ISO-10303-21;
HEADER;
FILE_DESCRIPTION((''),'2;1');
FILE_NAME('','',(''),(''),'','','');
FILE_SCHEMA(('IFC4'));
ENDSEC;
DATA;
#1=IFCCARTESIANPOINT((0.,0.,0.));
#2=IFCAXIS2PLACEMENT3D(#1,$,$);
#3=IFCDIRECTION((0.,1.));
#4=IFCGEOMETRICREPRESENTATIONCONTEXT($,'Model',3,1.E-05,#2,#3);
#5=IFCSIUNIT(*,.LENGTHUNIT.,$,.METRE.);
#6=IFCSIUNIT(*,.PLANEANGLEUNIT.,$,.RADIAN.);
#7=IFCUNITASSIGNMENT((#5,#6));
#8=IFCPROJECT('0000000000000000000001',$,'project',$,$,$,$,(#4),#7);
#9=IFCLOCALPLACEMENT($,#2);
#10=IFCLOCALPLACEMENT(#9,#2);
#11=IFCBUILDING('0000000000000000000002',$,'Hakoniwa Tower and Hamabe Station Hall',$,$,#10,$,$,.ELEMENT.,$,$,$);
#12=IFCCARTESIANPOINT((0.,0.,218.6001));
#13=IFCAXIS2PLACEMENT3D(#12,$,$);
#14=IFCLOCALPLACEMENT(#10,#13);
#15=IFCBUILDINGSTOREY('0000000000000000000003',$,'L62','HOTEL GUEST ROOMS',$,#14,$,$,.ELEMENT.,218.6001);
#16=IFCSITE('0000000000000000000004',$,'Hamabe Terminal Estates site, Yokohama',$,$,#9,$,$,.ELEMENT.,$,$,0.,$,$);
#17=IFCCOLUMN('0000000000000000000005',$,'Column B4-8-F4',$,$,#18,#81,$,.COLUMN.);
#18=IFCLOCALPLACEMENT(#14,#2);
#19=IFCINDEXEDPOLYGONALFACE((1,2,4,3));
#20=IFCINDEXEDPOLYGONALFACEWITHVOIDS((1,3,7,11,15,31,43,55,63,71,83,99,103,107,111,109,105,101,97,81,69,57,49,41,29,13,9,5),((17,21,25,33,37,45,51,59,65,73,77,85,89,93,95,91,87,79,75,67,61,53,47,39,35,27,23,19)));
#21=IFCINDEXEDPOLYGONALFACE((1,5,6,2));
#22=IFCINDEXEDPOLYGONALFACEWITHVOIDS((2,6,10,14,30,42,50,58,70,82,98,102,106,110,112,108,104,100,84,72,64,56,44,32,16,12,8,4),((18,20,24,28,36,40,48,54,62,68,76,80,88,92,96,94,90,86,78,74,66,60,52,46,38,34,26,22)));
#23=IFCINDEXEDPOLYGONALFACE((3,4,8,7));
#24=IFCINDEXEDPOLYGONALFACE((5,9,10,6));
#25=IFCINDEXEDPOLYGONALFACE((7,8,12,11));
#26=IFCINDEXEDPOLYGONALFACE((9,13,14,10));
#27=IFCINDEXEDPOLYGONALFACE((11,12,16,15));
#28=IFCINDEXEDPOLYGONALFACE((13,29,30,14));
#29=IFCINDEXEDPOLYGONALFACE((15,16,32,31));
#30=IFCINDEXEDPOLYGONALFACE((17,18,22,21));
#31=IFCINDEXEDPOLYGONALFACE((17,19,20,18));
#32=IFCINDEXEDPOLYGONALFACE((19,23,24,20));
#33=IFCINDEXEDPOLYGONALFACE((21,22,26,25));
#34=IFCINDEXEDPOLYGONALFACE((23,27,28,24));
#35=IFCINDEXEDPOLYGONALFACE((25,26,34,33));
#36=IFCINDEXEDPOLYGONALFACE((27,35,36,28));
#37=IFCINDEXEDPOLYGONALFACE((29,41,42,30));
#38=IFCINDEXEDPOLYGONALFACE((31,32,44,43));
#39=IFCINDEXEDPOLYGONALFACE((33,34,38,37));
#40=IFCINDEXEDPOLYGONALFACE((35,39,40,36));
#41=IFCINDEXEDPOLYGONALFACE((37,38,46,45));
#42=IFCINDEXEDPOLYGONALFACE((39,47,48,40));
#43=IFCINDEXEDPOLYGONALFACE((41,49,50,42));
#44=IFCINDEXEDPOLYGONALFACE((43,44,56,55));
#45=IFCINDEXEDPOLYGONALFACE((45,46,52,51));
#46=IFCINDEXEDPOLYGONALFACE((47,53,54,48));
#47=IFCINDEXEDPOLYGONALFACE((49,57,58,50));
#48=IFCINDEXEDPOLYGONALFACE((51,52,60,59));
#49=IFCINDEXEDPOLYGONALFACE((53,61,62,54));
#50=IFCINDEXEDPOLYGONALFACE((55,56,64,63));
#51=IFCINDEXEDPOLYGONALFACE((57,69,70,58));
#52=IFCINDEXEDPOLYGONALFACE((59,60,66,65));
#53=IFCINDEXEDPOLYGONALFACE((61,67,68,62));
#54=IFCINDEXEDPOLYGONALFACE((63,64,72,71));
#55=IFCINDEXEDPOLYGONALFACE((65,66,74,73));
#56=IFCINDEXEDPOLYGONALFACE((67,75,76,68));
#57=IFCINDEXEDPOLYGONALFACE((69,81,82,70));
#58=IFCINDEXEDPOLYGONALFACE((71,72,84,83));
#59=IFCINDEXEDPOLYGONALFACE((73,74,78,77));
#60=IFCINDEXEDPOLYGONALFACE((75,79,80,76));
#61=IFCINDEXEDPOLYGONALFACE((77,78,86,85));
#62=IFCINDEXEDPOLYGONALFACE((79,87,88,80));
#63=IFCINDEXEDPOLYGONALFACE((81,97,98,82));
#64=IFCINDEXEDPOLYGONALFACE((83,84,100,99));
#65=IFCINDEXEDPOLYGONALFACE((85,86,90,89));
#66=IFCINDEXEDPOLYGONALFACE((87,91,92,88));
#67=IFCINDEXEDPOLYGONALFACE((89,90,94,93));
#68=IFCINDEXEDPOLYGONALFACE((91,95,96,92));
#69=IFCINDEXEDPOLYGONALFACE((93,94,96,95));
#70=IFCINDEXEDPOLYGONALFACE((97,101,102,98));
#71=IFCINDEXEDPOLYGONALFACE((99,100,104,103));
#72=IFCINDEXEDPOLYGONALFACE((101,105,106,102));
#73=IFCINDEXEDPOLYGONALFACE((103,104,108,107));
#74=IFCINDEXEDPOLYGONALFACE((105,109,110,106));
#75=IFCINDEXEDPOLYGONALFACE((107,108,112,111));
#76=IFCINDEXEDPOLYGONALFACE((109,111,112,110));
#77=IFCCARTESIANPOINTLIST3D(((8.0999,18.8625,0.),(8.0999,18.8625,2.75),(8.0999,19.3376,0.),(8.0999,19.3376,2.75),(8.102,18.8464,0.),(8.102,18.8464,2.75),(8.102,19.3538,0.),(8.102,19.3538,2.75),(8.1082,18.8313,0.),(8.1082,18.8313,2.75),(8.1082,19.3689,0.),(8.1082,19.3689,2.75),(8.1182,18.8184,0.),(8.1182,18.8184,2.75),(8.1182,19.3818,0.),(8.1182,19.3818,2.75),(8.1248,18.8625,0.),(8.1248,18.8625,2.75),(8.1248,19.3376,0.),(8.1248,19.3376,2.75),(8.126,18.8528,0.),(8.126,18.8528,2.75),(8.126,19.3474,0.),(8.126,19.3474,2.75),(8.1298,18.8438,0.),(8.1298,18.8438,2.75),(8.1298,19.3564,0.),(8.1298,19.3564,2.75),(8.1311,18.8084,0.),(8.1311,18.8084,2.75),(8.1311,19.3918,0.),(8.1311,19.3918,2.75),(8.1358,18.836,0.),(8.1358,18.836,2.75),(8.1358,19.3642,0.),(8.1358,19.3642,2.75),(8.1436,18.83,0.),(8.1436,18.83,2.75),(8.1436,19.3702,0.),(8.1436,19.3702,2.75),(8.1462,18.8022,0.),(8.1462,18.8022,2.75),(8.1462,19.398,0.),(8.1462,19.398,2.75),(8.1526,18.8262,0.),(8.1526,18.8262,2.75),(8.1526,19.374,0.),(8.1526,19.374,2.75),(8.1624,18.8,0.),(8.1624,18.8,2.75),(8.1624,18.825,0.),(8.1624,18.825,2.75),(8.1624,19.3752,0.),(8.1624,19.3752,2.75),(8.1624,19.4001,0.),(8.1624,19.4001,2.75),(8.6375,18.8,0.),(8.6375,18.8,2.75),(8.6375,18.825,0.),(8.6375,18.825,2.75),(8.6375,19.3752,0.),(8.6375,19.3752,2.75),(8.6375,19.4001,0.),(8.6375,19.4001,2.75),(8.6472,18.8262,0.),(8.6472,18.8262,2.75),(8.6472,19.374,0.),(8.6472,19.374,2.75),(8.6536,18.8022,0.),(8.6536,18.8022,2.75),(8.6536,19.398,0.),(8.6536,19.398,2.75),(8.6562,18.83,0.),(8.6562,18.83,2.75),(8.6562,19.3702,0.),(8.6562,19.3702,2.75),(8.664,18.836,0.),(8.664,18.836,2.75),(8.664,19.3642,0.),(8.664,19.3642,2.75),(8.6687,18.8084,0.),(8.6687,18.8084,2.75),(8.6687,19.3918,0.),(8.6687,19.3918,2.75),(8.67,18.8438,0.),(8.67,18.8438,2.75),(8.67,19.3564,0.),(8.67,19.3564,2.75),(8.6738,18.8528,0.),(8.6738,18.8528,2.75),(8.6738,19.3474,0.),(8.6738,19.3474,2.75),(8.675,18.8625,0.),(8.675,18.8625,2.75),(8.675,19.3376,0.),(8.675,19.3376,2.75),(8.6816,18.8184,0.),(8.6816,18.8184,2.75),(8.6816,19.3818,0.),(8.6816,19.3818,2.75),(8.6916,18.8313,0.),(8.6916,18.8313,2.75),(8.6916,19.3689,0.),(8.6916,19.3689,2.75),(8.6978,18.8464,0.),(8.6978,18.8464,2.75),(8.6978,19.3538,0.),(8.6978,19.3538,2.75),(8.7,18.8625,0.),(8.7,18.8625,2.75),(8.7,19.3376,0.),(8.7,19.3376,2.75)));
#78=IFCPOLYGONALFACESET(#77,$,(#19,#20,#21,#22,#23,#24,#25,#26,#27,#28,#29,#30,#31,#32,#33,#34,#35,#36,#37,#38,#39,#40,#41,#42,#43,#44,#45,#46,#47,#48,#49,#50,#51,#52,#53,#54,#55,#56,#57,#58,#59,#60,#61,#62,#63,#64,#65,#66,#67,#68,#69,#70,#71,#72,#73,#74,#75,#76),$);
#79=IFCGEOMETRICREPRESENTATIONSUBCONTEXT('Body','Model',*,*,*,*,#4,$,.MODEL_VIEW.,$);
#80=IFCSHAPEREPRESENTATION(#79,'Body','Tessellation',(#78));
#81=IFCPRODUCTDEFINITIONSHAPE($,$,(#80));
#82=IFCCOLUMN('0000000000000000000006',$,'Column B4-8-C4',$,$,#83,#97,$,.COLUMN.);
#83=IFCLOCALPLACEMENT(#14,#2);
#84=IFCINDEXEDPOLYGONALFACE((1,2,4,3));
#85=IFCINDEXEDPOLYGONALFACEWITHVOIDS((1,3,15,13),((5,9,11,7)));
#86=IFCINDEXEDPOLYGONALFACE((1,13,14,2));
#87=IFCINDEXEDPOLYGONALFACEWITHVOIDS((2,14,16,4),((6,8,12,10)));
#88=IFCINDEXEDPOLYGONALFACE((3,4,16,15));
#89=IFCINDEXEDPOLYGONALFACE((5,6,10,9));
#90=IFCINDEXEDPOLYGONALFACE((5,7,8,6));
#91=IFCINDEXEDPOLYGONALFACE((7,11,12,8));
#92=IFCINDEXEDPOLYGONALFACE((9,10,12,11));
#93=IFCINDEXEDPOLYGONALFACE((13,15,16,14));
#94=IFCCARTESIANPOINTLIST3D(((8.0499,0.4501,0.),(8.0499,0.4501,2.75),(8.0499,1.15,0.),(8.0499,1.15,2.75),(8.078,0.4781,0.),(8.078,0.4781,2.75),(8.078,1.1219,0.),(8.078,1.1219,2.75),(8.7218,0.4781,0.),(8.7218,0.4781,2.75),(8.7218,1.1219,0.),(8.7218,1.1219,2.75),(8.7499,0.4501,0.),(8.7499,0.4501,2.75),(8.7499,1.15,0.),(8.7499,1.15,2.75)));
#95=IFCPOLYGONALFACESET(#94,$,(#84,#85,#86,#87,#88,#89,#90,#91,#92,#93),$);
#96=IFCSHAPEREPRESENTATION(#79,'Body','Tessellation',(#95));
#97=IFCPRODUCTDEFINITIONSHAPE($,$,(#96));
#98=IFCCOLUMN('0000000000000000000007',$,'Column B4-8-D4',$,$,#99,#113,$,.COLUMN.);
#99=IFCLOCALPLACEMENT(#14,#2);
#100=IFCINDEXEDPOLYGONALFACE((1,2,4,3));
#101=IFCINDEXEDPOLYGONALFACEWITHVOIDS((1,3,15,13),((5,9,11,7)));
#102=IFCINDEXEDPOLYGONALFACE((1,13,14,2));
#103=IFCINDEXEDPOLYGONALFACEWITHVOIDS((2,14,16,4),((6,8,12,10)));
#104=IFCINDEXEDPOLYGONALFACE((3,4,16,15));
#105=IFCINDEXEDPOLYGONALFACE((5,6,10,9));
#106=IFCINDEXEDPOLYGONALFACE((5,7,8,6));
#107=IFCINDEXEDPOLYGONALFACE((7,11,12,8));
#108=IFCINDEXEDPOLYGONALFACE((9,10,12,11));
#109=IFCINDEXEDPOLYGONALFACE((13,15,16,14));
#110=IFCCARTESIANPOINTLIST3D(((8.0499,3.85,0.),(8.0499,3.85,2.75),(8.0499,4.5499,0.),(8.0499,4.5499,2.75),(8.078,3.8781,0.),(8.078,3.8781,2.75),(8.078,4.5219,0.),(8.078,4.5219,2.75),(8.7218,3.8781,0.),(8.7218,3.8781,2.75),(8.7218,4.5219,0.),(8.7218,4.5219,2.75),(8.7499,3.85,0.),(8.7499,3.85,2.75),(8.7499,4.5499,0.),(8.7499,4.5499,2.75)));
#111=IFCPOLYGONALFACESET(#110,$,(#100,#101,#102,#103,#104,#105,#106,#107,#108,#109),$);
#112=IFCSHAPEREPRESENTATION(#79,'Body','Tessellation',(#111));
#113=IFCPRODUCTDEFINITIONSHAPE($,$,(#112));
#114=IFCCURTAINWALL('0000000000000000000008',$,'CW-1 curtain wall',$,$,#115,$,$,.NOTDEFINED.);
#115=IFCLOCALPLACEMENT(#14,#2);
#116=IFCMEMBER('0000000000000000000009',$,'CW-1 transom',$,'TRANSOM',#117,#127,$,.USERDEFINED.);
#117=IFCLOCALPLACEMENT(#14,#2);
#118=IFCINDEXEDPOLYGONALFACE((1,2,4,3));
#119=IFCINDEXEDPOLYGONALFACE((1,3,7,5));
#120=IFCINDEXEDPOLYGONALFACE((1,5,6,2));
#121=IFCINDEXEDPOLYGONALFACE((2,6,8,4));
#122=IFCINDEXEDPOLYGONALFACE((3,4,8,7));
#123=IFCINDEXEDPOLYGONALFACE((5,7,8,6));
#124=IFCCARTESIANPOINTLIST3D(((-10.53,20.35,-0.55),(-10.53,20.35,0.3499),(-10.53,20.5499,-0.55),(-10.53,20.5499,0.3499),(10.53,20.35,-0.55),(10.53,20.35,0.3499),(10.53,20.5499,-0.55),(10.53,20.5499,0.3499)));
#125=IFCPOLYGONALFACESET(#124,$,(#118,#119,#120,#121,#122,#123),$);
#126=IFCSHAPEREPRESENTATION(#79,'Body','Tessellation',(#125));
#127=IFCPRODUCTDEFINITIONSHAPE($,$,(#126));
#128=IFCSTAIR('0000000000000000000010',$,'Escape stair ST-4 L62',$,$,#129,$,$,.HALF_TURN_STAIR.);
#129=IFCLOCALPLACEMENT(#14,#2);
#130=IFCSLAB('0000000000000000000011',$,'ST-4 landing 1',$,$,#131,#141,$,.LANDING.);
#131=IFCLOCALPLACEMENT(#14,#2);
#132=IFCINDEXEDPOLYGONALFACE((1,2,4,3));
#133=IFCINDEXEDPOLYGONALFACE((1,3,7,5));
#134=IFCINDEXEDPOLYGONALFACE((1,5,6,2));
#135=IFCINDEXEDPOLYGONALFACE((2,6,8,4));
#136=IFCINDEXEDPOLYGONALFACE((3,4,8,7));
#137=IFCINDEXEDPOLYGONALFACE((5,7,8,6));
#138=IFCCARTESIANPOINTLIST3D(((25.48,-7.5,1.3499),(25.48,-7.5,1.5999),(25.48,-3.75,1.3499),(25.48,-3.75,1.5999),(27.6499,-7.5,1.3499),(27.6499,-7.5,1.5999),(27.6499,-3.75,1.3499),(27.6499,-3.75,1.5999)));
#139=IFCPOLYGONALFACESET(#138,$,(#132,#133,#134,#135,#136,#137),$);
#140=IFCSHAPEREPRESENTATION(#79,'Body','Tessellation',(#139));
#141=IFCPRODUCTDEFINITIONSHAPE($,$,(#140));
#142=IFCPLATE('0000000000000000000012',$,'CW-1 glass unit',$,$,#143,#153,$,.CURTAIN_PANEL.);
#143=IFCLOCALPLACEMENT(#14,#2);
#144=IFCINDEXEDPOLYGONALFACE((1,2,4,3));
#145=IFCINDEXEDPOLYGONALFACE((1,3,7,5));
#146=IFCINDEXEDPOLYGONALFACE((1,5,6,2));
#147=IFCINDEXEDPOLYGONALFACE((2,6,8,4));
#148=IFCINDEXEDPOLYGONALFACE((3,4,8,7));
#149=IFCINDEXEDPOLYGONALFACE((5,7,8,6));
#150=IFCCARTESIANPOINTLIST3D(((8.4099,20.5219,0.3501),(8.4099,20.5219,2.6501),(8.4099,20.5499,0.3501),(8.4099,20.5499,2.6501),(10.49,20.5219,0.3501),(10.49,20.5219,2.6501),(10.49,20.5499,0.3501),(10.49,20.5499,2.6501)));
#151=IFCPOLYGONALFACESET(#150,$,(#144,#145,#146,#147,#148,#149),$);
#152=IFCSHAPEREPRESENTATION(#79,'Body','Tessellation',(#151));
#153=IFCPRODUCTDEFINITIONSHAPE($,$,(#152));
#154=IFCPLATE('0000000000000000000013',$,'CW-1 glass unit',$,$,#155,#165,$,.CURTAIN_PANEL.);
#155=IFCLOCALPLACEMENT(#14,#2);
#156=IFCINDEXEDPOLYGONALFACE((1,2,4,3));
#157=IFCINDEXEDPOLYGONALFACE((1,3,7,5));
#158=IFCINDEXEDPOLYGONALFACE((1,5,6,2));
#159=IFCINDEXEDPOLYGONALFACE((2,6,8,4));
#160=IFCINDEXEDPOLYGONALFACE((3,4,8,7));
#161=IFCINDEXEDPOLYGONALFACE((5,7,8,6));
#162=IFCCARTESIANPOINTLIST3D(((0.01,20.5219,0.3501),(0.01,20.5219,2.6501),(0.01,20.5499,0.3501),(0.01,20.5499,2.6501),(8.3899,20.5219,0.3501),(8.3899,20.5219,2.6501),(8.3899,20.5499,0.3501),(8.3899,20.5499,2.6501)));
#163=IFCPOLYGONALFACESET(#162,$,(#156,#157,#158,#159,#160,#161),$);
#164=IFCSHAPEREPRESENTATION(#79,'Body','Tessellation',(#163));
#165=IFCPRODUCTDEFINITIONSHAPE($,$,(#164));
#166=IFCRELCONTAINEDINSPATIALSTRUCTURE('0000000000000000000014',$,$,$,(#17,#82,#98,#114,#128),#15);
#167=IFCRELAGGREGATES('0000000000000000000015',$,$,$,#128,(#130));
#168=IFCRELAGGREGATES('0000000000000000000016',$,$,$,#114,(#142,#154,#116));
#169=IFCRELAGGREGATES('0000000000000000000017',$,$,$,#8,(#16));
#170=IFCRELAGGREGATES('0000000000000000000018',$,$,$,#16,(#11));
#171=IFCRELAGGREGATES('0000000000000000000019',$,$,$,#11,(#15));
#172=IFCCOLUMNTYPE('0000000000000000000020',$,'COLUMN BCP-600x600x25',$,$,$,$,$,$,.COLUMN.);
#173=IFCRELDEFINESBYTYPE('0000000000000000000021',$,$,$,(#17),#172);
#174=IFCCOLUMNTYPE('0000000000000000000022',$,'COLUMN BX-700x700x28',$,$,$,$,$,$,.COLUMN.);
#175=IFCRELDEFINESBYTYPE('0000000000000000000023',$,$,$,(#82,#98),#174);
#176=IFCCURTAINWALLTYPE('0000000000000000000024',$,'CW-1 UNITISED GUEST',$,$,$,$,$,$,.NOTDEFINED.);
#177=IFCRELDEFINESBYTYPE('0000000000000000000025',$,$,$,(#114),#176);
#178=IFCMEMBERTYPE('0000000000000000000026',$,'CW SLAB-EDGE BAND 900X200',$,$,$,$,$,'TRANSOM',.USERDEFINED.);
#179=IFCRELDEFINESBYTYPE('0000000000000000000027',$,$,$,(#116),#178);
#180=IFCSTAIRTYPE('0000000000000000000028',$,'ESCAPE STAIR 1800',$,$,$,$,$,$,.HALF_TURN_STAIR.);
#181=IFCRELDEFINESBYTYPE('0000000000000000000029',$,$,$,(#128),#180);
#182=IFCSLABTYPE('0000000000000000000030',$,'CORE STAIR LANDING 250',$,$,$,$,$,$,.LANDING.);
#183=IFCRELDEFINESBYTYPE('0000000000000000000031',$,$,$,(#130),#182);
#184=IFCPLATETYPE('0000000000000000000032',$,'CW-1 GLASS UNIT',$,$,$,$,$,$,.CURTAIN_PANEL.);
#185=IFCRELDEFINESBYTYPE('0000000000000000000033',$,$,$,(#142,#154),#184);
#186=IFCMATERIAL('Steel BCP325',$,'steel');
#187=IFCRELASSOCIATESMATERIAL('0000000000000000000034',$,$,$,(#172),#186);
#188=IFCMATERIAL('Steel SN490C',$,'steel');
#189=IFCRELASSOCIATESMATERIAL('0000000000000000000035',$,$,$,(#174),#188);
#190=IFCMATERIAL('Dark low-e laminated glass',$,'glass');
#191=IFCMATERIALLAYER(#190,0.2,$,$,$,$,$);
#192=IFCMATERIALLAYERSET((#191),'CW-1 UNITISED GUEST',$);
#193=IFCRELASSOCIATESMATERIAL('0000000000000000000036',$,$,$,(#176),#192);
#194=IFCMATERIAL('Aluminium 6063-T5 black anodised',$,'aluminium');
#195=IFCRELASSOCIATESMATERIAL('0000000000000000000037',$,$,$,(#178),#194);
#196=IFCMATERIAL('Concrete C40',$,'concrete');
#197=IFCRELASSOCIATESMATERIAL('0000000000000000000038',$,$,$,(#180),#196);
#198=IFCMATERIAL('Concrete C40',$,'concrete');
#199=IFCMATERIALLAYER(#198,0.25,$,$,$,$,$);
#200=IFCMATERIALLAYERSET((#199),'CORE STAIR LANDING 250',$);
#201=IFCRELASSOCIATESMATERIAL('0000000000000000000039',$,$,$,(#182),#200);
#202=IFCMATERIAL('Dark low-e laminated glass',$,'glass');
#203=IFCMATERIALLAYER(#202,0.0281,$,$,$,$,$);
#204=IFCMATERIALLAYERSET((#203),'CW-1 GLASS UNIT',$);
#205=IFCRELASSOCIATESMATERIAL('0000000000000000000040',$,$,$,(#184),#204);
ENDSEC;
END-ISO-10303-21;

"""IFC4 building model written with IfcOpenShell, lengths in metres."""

from ifc_helpers import new_model, si_unit, direction, frame, origin, origin_2d, place, context, subcontext, project, spatial, polyline, rectangle, hollow_rectangle, outline, extrude, material, layer, layer_set, material_profile, profile_set, type_object, element, aggregate, save


model = new_model("IFC4")

# Units and contexts
model_context = context("Model", 3, precision=1e-05, world=origin(), true_north=direction((0.0, 1.0)))
body_context = subcontext(model_context, "Body", "Model", "MODEL_VIEW")
ifc_project = project(units=[si_unit("LENGTHUNIT", "METRE"), si_unit("PLANEANGLEUNIT", "RADIAN")], contexts=[model_context])

# Site, building, storey
site_placement = place(None, origin())
site = spatial("IfcSite", under=ifc_project, at=site_placement, Name="Hamabe Terminal Estates site, Yokohama", CompositionType="ELEMENT", RefElevation=0.0)
building_placement = place(site_placement, origin())
building = spatial("IfcBuilding", under=site, at=building_placement, Name="Hakoniwa Tower and Hamabe Station Hall", CompositionType="ELEMENT")
storey_placement = place(building_placement, frame((0.0, 0.0, 218.6001)))
storey = spatial("IfcBuildingStorey", under=building, at=storey_placement, Name="L62", Description="HOTEL GUEST ROOMS", CompositionType="ELEMENT", Elevation=218.6001)

# Columns
ifc_material_1 = material(Name="Steel BCP325", Category="steel")
ifc_material_profile_1 = material_profile(ifc_material_1, hollow_rectangle(XDim=0.6001, YDim=0.6001, WallThickness=0.0249, InnerFilletRadius=0.0376, OuterFilletRadius=0.0625, at=origin_2d()), Name="BCP-600x600x25")
ifc_profile_set_1 = profile_set([ifc_material_profile_1], Name="Steel BCP325")
column_type_1 = type_object("IfcColumnType", Name="COLUMN BCP-600x600x25", PredefinedType="COLUMN", material=ifc_profile_set_1)
column_placement = place(storey_placement, frame((8.3999, 19.1001, 0.0), z_axis=(0.0, 0.0, 1.0), x_axis=(1.0, 0.0, 0.0)))
element("IfcColumn", 1, at=column_placement, inside=storey, type_object=column_type_1, Name="Column B4-8-F4", PredefinedType="COLUMN", context=body_context, shape_type="SweptSolid", body=[
    extrude(hollow_rectangle(XDim=0.6001, YDim=0.6001, WallThickness=0.0249, InnerFilletRadius=0.0376, OuterFilletRadius=0.0625, at=origin_2d()), origin(), (0.0, 0.0, 1.0), 2.75),
])
ifc_material_2 = material(Name="Steel SN490C", Category="steel")
ifc_material_profile_2 = material_profile(ifc_material_2, hollow_rectangle(XDim=0.7, YDim=0.7, WallThickness=0.0281, at=origin_2d()), Name="BX-700x700x28")
ifc_profile_set_2 = profile_set([ifc_material_profile_2], Name="Steel SN490C")
column_type_2 = type_object("IfcColumnType", Name="COLUMN BX-700x700x28", PredefinedType="COLUMN", material=ifc_profile_set_2)
for number, where, z_axis, x_axis, name in (
    (2, (8.3999, 0.8, 0.0), (0.0, 0.0, 1.0), (1.0, 0.0, 0.0), "Column B4-8-C4"),
    (3, (8.3999, 4.2, 0.0), (0.0, 0.0, 1.0), (1.0, 0.0, 0.0), "Column B4-8-D4"),
):
    element("IfcColumn", number, at=place(storey_placement, frame(where, z_axis=z_axis, x_axis=x_axis)), inside=storey, type_object=column_type_2, Name=name, PredefinedType="COLUMN", context=body_context, shape_type="SweptSolid", body=[
        extrude(hollow_rectangle(XDim=0.7, YDim=0.7, WallThickness=0.0281, at=origin_2d()), origin(), (0.0, 0.0, 1.0), 2.75),
    ])

# Curtain wall, member
ifc_material_3 = material(Name="Dark low-e laminated glass", Category="glass")
ifc_layer_1 = layer(ifc_material_3, 0.2)
ifc_layer_set_1 = layer_set([ifc_layer_1], Name="CW-1 UNITISED GUEST")
curtain_wall_type = type_object("IfcCurtainWallType", Name="CW-1 UNITISED GUEST", PredefinedType="NOTDEFINED", material=ifc_layer_set_1)
curtain_wall_placement = place(storey_placement, origin())
curtain_wall = element("IfcCurtainWall", 4, at=curtain_wall_placement, inside=storey, type_object=curtain_wall_type, Name="CW-1 curtain wall", PredefinedType="NOTDEFINED")
ifc_material_4 = material(Name="Aluminium 6063-T5 black anodised", Category="aluminium")
ifc_material_profile_3 = material_profile(ifc_material_4, rectangle(XDim=0.2, YDim=0.8999, at=origin_2d()), Name="CW SLAB-EDGE BAND 900X200")
ifc_profile_set_3 = profile_set([ifc_material_profile_3], Name="Aluminium 6063-T5 black anodised")
member_type = type_object("IfcMemberType", Name="CW SLAB-EDGE BAND 900X200", ElementType="TRANSOM", PredefinedType="USERDEFINED", material=ifc_profile_set_3)
member_placement = place(storey_placement, frame((10.53, 20.45, -0.1001), z_axis=(-1.0, 0.0, 0.0), x_axis=(0.0, -1.0, 0.0)))
member = element("IfcMember", 5, at=member_placement, type_object=member_type, Name="CW-1 transom", ObjectType="TRANSOM", PredefinedType="USERDEFINED", context=body_context, shape_type="SweptSolid", body=[
    extrude(rectangle(XDim=0.2, YDim=0.8999, at=origin_2d()), origin(), (0.0, 0.0, 1.0), 21.0601),
])

# Stair, slab
ifc_material_5 = material(Name="Concrete C40", Category="concrete")
stair_type = type_object("IfcStairType", Name="ESCAPE STAIR 1800", PredefinedType="HALF_TURN_STAIR", material=ifc_material_5)
stair_placement = place(storey_placement, origin())
stair = element("IfcStair", 6, at=stair_placement, inside=storey, type_object=stair_type, Name="Escape stair ST-4 L62", PredefinedType="HALF_TURN_STAIR")
ifc_material_6 = material(Name="Concrete C40", Category="concrete")
ifc_layer_2 = layer(ifc_material_6, 0.25)
ifc_layer_set_2 = layer_set([ifc_layer_2], Name="CORE STAIR LANDING 250")
slab_type = type_object("IfcSlabType", Name="CORE STAIR LANDING 250", PredefinedType="LANDING", material=ifc_layer_set_2)
slab_placement = place(storey_placement, frame((0.0, 0.0, 1.3499)))
slab = element("IfcSlab", 7, at=slab_placement, type_object=slab_type, Name="ST-4 landing 1", PredefinedType="LANDING", context=body_context, shape_type="SweptSolid", body=[
    extrude(outline(polyline([(25.48, -7.5), (27.6499, -7.5), (27.6499, -3.75), (25.48, -3.75), (25.48, -7.5)])), origin(), (0.0, 0.0, 1.0), 0.25),
])
aggregate(stair, [slab])

# Plates
ifc_material_7 = material(Name="Dark low-e laminated glass", Category="glass")
ifc_layer_3 = layer(ifc_material_7, 0.0281)
ifc_layer_set_3 = layer_set([ifc_layer_3], Name="CW-1 GLASS UNIT")
plate_type = type_object("IfcPlateType", Name="CW-1 GLASS UNIT", PredefinedType="CURTAIN_PANEL", material=ifc_layer_set_3)
plate_1_placement = place(storey_placement, frame((9.45, 20.5359, 0.3501), z_axis=(0.0, 0.0, 1.0), x_axis=(-1.0, 0.0, 0.0)))
plate_1 = element("IfcPlate", 8, at=plate_1_placement, type_object=plate_type, Name="CW-1 glass unit", PredefinedType="CURTAIN_PANEL", context=body_context, shape_type="SweptSolid", body=[
    extrude(rectangle(XDim=2.0801, YDim=0.0281, at=origin_2d()), origin(), (0.0, 0.0, 1.0), 2.3),
])
plate_2_placement = place(storey_placement, frame((4.2, 20.5359, 0.3501), z_axis=(0.0, 0.0, 1.0), x_axis=(-1.0, 0.0, 0.0)))
plate_2 = element("IfcPlate", 9, at=plate_2_placement, type_object=plate_type, Name="CW-1 glass unit", PredefinedType="CURTAIN_PANEL", context=body_context, shape_type="SweptSolid", body=[
    extrude(rectangle(XDim=8.3799, YDim=0.0281, at=origin_2d()), origin(), (0.0, 0.0, 1.0), 2.3),
])
aggregate(curtain_wall, [plate_1, plate_2, member])

save(model, "model.ifc")
